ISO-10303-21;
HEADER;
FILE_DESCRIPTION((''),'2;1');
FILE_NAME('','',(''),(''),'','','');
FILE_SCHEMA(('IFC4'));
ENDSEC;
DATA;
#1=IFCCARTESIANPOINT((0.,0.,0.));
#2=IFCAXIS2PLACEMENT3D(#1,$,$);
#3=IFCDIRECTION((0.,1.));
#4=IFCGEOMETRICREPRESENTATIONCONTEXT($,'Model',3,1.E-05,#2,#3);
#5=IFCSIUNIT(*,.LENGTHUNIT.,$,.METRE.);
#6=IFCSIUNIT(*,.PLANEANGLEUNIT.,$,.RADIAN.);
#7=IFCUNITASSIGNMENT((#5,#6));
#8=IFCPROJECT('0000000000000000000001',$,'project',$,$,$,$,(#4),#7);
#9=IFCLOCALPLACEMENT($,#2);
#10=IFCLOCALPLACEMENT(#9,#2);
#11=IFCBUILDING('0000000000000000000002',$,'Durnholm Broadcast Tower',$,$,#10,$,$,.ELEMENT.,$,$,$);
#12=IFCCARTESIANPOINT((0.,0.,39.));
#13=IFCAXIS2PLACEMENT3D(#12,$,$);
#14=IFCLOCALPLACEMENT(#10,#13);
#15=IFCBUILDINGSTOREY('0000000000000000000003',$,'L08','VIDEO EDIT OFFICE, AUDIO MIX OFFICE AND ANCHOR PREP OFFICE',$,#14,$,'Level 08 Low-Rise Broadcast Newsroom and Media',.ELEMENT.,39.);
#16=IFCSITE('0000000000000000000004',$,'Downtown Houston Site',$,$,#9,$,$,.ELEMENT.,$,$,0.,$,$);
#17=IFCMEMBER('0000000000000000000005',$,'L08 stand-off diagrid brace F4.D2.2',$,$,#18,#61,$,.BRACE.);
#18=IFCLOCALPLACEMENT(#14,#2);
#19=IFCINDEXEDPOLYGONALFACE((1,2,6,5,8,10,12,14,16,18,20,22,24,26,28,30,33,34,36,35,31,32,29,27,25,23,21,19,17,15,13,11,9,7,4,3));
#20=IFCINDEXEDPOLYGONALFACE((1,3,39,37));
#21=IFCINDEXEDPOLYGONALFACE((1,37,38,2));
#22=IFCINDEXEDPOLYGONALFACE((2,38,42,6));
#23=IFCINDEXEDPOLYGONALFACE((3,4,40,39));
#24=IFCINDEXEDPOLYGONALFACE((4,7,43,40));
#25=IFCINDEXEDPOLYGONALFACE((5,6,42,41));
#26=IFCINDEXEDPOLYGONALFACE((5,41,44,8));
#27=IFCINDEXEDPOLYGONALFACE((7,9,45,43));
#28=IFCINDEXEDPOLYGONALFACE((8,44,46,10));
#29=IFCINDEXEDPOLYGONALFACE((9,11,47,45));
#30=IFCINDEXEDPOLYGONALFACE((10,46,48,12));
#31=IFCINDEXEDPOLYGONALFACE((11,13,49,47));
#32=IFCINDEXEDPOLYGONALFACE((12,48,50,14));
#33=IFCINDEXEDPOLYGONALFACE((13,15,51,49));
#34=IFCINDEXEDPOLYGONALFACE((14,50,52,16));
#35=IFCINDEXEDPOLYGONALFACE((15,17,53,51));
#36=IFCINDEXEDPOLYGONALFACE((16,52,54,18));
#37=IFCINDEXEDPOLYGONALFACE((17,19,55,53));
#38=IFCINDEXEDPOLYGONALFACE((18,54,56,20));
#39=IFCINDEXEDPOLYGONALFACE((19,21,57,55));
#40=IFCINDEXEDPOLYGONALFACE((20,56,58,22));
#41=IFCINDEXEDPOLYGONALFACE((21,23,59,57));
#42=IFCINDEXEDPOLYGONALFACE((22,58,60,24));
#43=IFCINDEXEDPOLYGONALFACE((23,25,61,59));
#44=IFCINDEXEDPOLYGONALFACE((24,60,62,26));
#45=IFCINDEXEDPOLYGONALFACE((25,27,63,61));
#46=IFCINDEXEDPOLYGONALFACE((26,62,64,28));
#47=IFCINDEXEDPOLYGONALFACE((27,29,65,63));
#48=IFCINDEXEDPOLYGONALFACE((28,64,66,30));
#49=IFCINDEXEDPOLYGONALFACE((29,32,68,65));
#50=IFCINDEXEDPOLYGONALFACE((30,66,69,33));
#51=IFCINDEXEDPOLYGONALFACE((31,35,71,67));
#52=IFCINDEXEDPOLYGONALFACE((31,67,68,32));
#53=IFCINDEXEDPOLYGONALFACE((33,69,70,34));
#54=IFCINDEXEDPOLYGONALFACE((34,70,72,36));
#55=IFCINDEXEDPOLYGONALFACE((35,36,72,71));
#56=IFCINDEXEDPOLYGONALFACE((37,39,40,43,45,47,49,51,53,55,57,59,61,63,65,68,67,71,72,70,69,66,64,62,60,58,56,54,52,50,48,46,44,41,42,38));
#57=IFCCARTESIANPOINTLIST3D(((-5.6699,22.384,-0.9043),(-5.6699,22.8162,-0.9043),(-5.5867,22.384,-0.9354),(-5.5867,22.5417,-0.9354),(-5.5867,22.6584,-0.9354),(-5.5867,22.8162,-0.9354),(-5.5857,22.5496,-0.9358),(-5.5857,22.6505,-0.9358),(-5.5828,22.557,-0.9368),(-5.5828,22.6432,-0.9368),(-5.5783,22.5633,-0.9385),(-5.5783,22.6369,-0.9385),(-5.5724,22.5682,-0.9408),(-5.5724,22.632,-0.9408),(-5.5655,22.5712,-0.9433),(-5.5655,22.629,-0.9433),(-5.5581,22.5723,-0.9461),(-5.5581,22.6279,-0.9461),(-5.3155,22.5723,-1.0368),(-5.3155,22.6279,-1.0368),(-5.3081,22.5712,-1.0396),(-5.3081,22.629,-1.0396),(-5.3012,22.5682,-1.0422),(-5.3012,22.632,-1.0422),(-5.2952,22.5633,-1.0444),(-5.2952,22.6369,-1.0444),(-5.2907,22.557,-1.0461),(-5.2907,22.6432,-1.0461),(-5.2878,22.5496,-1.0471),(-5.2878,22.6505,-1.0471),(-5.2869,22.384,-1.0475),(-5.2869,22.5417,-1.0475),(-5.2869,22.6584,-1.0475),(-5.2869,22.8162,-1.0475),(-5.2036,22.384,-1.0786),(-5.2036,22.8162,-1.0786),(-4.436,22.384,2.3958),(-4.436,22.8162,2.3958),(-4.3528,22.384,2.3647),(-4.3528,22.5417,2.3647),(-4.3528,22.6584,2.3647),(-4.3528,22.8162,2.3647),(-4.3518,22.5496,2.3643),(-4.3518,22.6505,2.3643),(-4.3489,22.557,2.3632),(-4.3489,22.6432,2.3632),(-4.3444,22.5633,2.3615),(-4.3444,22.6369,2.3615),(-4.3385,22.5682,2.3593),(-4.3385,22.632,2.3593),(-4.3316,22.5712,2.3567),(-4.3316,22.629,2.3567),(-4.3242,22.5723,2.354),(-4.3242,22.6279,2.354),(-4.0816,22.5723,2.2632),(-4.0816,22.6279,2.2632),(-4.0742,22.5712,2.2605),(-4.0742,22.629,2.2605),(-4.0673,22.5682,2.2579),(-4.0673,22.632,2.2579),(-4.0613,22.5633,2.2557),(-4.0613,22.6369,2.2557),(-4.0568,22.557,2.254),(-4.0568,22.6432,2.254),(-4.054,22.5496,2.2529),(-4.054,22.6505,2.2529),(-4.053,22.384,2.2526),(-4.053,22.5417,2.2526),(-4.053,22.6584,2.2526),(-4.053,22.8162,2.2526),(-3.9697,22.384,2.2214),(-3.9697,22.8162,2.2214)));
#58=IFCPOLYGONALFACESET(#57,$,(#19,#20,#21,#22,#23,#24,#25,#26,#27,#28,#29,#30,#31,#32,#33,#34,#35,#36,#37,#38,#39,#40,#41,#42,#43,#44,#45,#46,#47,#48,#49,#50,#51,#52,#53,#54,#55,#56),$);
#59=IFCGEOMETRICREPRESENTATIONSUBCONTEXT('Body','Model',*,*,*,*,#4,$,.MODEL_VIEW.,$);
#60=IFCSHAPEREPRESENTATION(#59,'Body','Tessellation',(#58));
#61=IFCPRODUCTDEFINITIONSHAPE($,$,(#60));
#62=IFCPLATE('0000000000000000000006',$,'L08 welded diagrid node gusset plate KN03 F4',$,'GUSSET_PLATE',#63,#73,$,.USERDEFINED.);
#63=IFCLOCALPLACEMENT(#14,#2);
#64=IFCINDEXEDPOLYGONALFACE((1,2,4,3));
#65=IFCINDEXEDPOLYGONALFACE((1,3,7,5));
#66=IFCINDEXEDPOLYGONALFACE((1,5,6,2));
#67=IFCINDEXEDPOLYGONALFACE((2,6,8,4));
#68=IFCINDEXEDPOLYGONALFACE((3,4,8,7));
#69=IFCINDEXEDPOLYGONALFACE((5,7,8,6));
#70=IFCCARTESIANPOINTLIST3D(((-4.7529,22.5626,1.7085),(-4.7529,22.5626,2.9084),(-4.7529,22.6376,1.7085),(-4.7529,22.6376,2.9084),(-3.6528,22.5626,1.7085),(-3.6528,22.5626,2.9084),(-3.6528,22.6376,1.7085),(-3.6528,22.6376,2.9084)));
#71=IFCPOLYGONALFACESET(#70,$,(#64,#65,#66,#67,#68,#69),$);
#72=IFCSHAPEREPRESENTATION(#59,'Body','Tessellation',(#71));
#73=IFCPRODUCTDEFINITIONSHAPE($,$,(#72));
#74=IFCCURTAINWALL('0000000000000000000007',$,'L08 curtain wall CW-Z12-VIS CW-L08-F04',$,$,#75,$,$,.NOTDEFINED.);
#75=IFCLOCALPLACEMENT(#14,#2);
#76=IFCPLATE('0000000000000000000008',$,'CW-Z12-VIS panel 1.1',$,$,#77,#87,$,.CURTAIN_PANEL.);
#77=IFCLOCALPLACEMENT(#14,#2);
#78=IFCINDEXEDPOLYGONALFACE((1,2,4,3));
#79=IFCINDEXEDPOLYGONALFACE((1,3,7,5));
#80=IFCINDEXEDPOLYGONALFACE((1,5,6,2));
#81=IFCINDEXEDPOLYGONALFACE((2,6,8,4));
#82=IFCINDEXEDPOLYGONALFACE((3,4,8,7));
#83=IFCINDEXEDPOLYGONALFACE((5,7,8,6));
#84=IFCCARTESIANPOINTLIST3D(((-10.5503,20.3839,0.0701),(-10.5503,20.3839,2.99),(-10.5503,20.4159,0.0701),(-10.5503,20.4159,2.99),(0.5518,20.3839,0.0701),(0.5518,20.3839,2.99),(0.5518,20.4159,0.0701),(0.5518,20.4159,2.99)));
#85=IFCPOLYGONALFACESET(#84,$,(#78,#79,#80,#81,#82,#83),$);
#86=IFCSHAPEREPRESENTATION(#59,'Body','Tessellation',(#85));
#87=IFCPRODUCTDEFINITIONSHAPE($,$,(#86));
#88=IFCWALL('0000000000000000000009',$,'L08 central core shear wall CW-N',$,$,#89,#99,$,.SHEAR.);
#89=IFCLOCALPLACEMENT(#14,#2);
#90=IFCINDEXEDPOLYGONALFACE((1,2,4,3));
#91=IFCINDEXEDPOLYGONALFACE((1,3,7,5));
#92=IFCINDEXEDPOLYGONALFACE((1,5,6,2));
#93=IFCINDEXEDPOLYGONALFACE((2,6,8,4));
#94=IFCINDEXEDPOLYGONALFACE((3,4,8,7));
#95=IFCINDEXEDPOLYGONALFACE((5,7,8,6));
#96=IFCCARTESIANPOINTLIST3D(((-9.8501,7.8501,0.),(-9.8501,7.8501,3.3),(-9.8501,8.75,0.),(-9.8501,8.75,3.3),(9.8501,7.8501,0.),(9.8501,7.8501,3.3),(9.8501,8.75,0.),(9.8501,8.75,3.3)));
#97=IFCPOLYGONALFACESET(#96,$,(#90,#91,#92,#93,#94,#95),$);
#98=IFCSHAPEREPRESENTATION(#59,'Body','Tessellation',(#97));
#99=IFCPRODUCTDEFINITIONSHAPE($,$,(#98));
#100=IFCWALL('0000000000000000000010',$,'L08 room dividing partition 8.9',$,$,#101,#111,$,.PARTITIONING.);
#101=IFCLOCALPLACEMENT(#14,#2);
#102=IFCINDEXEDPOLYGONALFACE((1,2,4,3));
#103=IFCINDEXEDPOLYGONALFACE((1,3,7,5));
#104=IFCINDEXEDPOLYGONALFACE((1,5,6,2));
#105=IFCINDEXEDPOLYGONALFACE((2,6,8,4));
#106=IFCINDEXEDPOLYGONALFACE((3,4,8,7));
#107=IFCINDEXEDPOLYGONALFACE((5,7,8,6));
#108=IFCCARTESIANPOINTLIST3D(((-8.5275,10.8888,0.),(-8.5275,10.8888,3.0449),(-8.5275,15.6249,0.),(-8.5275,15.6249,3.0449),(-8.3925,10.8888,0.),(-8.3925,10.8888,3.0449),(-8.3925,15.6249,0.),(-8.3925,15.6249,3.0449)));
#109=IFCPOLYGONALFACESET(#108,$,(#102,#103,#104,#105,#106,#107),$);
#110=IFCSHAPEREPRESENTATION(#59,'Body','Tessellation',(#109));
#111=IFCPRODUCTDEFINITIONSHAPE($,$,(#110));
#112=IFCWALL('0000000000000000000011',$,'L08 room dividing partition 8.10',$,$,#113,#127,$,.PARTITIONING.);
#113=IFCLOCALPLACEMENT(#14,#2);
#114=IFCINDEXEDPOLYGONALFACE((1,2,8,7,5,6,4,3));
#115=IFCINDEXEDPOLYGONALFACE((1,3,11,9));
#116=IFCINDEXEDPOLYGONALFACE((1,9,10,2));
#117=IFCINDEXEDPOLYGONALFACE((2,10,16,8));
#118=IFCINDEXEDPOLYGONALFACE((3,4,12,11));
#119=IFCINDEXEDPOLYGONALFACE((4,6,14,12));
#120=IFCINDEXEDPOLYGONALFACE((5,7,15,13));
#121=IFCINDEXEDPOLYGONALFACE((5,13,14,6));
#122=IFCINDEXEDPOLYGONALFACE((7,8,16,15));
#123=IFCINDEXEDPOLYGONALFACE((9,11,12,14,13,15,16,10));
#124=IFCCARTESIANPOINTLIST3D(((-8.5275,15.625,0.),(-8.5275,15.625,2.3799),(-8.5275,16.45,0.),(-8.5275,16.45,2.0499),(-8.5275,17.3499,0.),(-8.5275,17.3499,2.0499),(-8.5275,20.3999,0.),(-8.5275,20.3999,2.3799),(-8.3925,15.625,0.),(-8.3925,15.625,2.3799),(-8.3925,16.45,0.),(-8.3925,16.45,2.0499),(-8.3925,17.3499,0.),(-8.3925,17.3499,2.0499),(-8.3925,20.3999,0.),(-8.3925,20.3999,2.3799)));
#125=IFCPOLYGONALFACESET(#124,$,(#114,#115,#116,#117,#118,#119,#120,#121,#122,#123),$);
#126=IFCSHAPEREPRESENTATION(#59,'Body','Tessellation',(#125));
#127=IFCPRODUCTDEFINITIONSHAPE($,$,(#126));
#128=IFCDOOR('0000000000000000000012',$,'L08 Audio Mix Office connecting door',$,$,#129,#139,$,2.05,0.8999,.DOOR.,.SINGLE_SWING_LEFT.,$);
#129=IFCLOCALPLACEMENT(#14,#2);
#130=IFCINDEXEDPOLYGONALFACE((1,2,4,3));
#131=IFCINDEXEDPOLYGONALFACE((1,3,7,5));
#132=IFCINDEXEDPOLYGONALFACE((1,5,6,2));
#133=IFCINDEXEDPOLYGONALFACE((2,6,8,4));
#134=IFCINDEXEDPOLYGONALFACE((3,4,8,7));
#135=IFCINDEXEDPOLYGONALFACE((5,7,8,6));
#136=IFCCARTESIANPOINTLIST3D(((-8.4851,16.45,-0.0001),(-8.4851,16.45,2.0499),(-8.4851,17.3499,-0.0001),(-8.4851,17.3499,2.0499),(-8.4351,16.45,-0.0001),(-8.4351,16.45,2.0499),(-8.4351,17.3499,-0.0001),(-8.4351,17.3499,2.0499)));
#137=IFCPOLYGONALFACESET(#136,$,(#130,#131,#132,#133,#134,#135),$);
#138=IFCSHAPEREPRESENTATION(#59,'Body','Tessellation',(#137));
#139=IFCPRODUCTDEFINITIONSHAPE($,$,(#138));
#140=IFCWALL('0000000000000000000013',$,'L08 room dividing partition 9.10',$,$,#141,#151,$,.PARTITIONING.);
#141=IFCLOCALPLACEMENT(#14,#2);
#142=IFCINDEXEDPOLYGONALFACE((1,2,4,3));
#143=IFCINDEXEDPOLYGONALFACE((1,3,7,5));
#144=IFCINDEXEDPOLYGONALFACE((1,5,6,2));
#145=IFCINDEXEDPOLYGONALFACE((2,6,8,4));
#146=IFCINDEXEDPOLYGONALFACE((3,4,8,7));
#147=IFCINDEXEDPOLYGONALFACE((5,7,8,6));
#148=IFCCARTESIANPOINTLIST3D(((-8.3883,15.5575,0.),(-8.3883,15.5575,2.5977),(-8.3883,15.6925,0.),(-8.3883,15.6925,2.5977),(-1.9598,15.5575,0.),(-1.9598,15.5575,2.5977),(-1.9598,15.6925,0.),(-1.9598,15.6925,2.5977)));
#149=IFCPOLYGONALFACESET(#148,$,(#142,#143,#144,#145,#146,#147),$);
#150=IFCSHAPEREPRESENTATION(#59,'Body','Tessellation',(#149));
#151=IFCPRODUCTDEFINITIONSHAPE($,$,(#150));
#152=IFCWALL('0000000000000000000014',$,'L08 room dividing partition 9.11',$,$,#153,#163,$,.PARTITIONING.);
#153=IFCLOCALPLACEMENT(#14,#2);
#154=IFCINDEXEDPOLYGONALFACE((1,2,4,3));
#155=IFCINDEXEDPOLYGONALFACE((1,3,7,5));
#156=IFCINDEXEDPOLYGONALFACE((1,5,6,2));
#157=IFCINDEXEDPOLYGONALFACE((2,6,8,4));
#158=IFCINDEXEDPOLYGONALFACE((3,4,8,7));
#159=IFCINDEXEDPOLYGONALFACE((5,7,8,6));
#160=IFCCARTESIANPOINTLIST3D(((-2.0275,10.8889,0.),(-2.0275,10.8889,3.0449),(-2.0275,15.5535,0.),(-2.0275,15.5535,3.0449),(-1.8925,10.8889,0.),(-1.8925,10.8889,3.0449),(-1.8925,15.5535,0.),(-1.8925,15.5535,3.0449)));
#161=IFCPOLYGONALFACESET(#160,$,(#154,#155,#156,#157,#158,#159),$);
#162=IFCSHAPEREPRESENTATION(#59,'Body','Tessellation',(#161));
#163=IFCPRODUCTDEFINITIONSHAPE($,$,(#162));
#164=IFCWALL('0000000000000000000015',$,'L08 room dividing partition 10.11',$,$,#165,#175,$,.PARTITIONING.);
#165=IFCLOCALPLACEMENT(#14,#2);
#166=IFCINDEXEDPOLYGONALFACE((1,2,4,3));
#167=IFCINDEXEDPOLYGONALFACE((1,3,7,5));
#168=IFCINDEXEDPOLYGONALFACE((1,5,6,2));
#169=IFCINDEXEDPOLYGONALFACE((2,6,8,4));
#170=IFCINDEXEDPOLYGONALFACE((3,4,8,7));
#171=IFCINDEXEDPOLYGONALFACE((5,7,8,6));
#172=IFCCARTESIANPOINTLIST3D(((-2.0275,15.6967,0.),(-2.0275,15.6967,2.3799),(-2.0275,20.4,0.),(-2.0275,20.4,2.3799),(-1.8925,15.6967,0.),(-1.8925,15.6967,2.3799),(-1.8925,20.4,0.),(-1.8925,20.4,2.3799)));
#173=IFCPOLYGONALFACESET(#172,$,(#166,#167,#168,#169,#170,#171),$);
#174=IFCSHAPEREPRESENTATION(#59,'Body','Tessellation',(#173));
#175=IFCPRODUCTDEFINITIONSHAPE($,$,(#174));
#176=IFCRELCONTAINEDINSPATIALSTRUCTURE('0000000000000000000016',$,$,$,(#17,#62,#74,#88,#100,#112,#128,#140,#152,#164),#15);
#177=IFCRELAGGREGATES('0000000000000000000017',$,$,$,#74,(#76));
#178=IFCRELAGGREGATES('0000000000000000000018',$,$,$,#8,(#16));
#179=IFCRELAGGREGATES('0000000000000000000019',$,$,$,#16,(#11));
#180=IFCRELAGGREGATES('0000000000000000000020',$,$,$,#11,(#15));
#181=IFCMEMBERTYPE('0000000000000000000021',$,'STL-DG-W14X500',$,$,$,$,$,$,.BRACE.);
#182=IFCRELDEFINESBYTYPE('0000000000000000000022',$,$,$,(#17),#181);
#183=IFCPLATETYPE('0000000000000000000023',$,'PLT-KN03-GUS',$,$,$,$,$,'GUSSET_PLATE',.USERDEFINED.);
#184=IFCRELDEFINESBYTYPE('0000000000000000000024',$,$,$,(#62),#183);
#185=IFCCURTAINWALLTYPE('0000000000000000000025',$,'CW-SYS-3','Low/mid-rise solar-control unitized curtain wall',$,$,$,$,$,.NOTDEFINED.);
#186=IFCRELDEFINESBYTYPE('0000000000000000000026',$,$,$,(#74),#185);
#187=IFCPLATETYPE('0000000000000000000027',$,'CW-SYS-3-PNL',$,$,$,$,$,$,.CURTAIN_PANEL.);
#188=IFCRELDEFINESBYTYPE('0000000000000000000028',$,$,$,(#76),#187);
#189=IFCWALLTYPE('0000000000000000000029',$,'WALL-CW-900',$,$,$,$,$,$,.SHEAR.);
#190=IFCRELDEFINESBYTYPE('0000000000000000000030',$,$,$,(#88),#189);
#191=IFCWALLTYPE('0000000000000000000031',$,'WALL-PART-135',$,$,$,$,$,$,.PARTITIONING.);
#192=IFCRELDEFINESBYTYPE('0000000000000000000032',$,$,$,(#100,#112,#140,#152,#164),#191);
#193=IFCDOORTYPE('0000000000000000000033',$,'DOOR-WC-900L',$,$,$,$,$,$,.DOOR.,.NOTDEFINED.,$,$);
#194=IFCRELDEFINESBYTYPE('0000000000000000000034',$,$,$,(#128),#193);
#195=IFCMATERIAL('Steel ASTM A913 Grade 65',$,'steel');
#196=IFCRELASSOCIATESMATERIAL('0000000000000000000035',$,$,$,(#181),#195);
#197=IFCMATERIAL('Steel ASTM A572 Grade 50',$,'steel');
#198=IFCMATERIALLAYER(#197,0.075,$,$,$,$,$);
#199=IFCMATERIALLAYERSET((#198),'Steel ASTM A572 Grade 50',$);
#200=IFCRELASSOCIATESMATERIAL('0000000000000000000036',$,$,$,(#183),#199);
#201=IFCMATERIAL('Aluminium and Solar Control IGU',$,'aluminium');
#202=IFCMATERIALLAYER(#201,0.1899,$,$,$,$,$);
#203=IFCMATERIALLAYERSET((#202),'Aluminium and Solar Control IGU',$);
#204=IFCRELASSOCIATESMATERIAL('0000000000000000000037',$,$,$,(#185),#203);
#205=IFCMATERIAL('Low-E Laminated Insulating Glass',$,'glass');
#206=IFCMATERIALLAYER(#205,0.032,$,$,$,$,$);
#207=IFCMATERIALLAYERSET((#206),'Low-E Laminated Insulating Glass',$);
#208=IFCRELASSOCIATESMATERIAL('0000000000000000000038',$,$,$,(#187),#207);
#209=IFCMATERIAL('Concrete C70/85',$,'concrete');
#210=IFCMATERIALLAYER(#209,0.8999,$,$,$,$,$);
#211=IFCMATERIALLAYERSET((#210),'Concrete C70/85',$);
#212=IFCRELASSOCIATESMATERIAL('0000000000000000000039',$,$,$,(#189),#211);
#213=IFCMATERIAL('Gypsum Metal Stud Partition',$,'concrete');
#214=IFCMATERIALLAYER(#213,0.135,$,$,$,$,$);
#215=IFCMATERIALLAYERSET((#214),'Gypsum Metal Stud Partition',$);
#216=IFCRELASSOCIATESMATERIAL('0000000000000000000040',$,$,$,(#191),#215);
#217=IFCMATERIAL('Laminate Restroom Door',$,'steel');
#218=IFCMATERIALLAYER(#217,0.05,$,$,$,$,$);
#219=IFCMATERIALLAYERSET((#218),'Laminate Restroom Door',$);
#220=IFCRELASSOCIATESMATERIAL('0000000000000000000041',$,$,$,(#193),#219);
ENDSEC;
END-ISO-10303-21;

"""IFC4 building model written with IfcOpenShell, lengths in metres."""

from ifc_helpers import new_model, si_unit, direction, frame, frame_2d, origin, origin_2d, place, context, subcontext, project, spatial, rectangle, i_section, extrude, source, transform, mapped, material, layer, layer_set, material_profile, profile_set, type_object, type_shapes, element, fill, aggregate, save


model = new_model("IFC4")

# Units and contexts
model_context = context("Model", 3, precision=1e-05, world=origin(), true_north=direction((0.0, 1.0)))
body_context = subcontext(model_context, "Body", "Model", "MODEL_VIEW")
ifc_project = project(units=[si_unit("LENGTHUNIT", "METRE"), si_unit("PLANEANGLEUNIT", "RADIAN")], contexts=[model_context])

# Site, building, storey
site_placement = place(None, origin())
site = spatial("IfcSite", under=ifc_project, at=site_placement, Name="Downtown Houston Site", CompositionType="ELEMENT", RefElevation=0.0)
building_placement = place(site_placement, origin())
building = spatial("IfcBuilding", under=site, at=building_placement, Name="Durnholm Broadcast Tower", CompositionType="ELEMENT")
storey_placement = place(building_placement, frame((0.0, 0.0, 39.0)))
storey = spatial("IfcBuildingStorey", under=building, at=storey_placement, Name="L08", Description="VIDEO EDIT OFFICE, AUDIO MIX OFFICE AND ANCHOR PREP OFFICE", LongName="Level 08 Low-Rise Broadcast Newsroom and Media", CompositionType="ELEMENT", Elevation=39.0)

# Shared definitions
ifc_material_1 = material(Name="Concrete C70/85", Category="concrete")

# Member
ifc_material_2 = material(Name="Steel ASTM A913 Grade 65", Category="steel")
ifc_material_profile_1 = material_profile(ifc_material_2, i_section(OverallWidth=0.4321, OverallDepth=0.4978, WebThickness=0.0557, FlangeThickness=0.0889, FilletRadius=0.0305, at=origin_2d()), Name="W14X500")
ifc_profile_set_1 = profile_set([ifc_material_profile_1], Name="Steel ASTM A913 Grade 65")
member_type = type_object("IfcMemberType", Name="STL-DG-W14X500", PredefinedType="BRACE", material=ifc_profile_set_1)
shared_shape_1 = source(origin(), body_context, "Body", "SweptSolid", [
    extrude(i_section(OverallWidth=0.4321, OverallDepth=0.4978, WebThickness=0.0557, FlangeThickness=0.0889, FilletRadius=0.0305, at=origin_2d()), origin(), (0.0, 0.0, 1.0), 3.5232),
])
type_shapes(member_type, [shared_shape_1])
for number, where, z_axis, x_axis, name in (
    (1, (-5.4368, 22.6001, -0.9915), (0.35022, 0.0, 0.936668), (0.0, 1.0, 0.0), "L08 stand-off diagrid brace F4.D2.2"),
):
    element("IfcMember", number, at=place(storey_placement, frame(where, z_axis=z_axis, x_axis=x_axis)), inside=storey, type_object=member_type, Name=name, PredefinedType="BRACE", context=body_context, shape_type="MappedRepresentation", body=[
        mapped(shared_shape_1, transform((0.0, 0.0, 0.0), x_axis=(1.0, 0.0, 0.0), y_axis=(0.0, 1.0, 0.0), z_axis=(0.0, 0.0, 1.0), scale=1.0)),
    ])

# Plate
ifc_material_3 = material(Name="Steel ASTM A572 Grade 50", Category="steel")
ifc_layer_1 = layer(ifc_material_3, 0.075)
ifc_layer_set_1 = layer_set([ifc_layer_1], Name="Steel ASTM A572 Grade 50")
plate_type_1 = type_object("IfcPlateType", Name="PLT-KN03-GUS", ElementType="GUSSET_PLATE", PredefinedType="USERDEFINED", material=ifc_layer_set_1)
shared_shape_2 = source(origin(), body_context, "Body", "SweptSolid", [
    extrude(rectangle(XDim=1.1001, YDim=0.075, at=origin_2d()), origin(), (0.0, 0.0, 1.0), 1.2),
])
type_shapes(plate_type_1, [shared_shape_2])
plate_1_placement = place(storey_placement, frame((-4.2029, 22.6001, 1.7085), z_axis=(0.0, 0.0, 1.0), x_axis=(-1.0, 0.0, 0.0)))
element("IfcPlate", 2, at=plate_1_placement, inside=storey, type_object=plate_type_1, Name="L08 welded diagrid node gusset plate KN03 F4", ObjectType="GUSSET_PLATE", PredefinedType="USERDEFINED", context=body_context, shape_type="MappedRepresentation", body=[
    mapped(shared_shape_2, transform((0.0, 0.0, 0.0), x_axis=(1.0, 0.0, 0.0), y_axis=(0.0, 1.0, 0.0), z_axis=(0.0, 0.0, 1.0), scale=1.0)),
])

# Curtain wall, plate
ifc_material_4 = material(Name="Aluminium and Solar Control IGU", Category="aluminium")
ifc_layer_2 = layer(ifc_material_4, 0.1899)
ifc_layer_set_2 = layer_set([ifc_layer_2], Name="Aluminium and Solar Control IGU")
curtain_wall_type = type_object("IfcCurtainWallType", Name="CW-SYS-3", Description="Low/mid-rise solar-control unitized curtain wall", PredefinedType="NOTDEFINED", material=ifc_layer_set_2)
curtain_wall_placement = place(storey_placement, origin())
curtain_wall = element("IfcCurtainWall", 3, at=curtain_wall_placement, inside=storey, type_object=curtain_wall_type, Name="L08 curtain wall CW-Z12-VIS CW-L08-F04", PredefinedType="NOTDEFINED")
ifc_material_5 = material(Name="Low-E Laminated Insulating Glass", Category="glass")
ifc_layer_3 = layer(ifc_material_5, 0.032)
ifc_layer_set_3 = layer_set([ifc_layer_3], Name="Low-E Laminated Insulating Glass")
plate_type_2 = type_object("IfcPlateType", Name="CW-SYS-3-PNL", PredefinedType="CURTAIN_PANEL", material=ifc_layer_set_3)
shared_shape_3 = source(origin(), body_context, "Body", "SweptSolid", [
    extrude(rectangle(XDim=11.1021, YDim=0.032, at=origin_2d()), origin(), (0.0, 0.0, 1.0), 2.9199),
])
type_shapes(plate_type_2, [shared_shape_3])
plate_2_placement = place(storey_placement, frame((-4.9993, 20.3999, 0.0701), z_axis=(0.0, 0.0, 1.0), x_axis=(1.0, 0.0, 0.0)))
plate_2 = element("IfcPlate", 4, at=plate_2_placement, type_object=plate_type_2, Name="CW-Z12-VIS panel 1.1", PredefinedType="CURTAIN_PANEL", context=body_context, shape_type="MappedRepresentation", body=[
    mapped(shared_shape_3, transform((0.0, 0.0, 0.0), x_axis=(1.0, 0.0, 0.0), y_axis=(0.0, 1.0, 0.0), z_axis=(0.0, 0.0, 1.0), scale=1.0)),
])
aggregate(curtain_wall, [plate_2])

# Walls
ifc_layer_4 = layer(ifc_material_1, 0.8999)
ifc_layer_set_4 = layer_set([ifc_layer_4], Name="Concrete C70/85")
wall_type_1 = type_object("IfcWallType", Name="WALL-CW-900", PredefinedType="SHEAR", material=ifc_layer_set_4)
wall_1_placement = place(storey_placement, frame((-9.8501, 8.3, 0.0), z_axis=(0.0, 0.0, 1.0), x_axis=(1.0, 0.0, 0.0)))
element("IfcWall", 5, at=wall_1_placement, inside=storey, type_object=wall_type_1, Name="L08 central core shear wall CW-N", PredefinedType="SHEAR", context=body_context, shape_type="SweptSolid", body=[
    extrude(rectangle(XDim=19.7002, YDim=0.8999, at=frame_2d((9.8501, 0.0))), origin(), (0.0, 0.0, 1.0), 3.3),
])
ifc_material_6 = material(Name="Gypsum Metal Stud Partition", Category="concrete")
ifc_layer_5 = layer(ifc_material_6, 0.135)
ifc_layer_set_5 = layer_set([ifc_layer_5], Name="Gypsum Metal Stud Partition")
wall_type_2 = type_object("IfcWallType", Name="WALL-PART-135", PredefinedType="PARTITIONING", material=ifc_layer_set_5)
wall_2_placement = place(storey_placement, frame((-8.46, 15.625, 0.0), z_axis=(0.0, 0.0, 1.0), x_axis=(0.0, -1.0, 0.0)))
element("IfcWall", 6, at=wall_2_placement, inside=storey, type_object=wall_type_2, Name="L08 room dividing partition 8.9", PredefinedType="PARTITIONING", context=body_context, shape_type="SweptSolid", body=[
    extrude(rectangle(XDim=4.7361, YDim=0.135, at=frame_2d((2.3682, 0.0))), origin(), (0.0, 0.0, 1.0), 3.0449),
])

# Wall, opening, door
wall_3_placement = place(storey_placement, frame((-8.46, 20.3999, 0.0), z_axis=(0.0, 0.0, 1.0), x_axis=(0.0, -1.0, 0.0)))
wall_3 = element("IfcWall", 7, at=wall_3_placement, inside=storey, type_object=wall_type_2, Name="L08 room dividing partition 8.10", PredefinedType="PARTITIONING", context=body_context, shape_type="SweptSolid", body=[
    extrude(rectangle(XDim=4.7749, YDim=0.135, at=frame_2d((2.3875, 0.0))), origin(), (0.0, 0.0, 1.0), 2.3799),
])
opening_1_placement = place(wall_3_placement, frame((3.05, 0.0, 0.0)))
opening_1 = element("IfcOpeningElement", 8, at=opening_1_placement, cuts=wall_3, PredefinedType="OPENING", context=body_context, shape_type="SweptSolid", body=[
    extrude(rectangle(XDim=0.8999, YDim=2.05, at=frame_2d((0.45, 1.0249))), frame((0.0, 0.0776, 0.0), z_axis=(0.0, -1.0, 0.0), x_axis=(1.0, 0.0, 0.0)), (0.0, 0.0, 1.0), 0.155),
])
ifc_material_7 = material(Name="Laminate Restroom Door", Category="steel")
ifc_layer_6 = layer(ifc_material_7, 0.05)
ifc_layer_set_6 = layer_set([ifc_layer_6], Name="Laminate Restroom Door")
door_type_1 = type_object("IfcDoorType", Name="DOOR-WC-900L", OperationType="NOTDEFINED", PredefinedType="DOOR", material=ifc_layer_set_6)
shared_shape_4 = source(origin(), body_context, "Body", "SweptSolid", [
    extrude(rectangle(XDim=0.8999, YDim=2.05, at=frame_2d((0.45, 1.0249))), frame((0.0, 0.0249, 0.0), z_axis=(0.0, -1.0, 0.0), x_axis=(1.0, 0.0, 0.0)), (0.0, 0.0, 1.0), 0.05),
])
type_shapes(door_type_1, [shared_shape_4])
door_1_placement = place(opening_1_placement, origin())
door_1 = element("IfcDoor", 9, at=door_1_placement, inside=storey, type_object=door_type_1, Name="L08 Audio Mix Office connecting door", OperationType="SINGLE_SWING_LEFT", OverallHeight=2.05, OverallWidth=0.8999, PredefinedType="DOOR", context=body_context, shape_type="MappedRepresentation", body=[
    mapped(shared_shape_4, transform((0.0, 0.0, 0.0), x_axis=(1.0, 0.0, 0.0), y_axis=(0.0, 1.0, 0.0), z_axis=(0.0, 0.0, 1.0), scale=1.0)),
])
fill(opening_1, door_1)

# Walls
wall_4_placement = place(storey_placement, frame((-8.3884, 15.625, 0.0), z_axis=(0.0, 0.0, 1.0), x_axis=(1.0, 0.0, 0.0)))
element("IfcWall", 10, at=wall_4_placement, inside=storey, type_object=wall_type_2, Name="L08 room dividing partition 9.10", PredefinedType="PARTITIONING", context=body_context, shape_type="SweptSolid", body=[
    extrude(rectangle(XDim=6.4285, YDim=0.135, at=frame_2d((3.2144, 0.0))), origin(), (0.0, 0.0, 1.0), 2.5977),
])
wall_5_placement = place(storey_placement, frame((-1.96, 15.5535, 0.0), z_axis=(0.0, 0.0, 1.0), x_axis=(0.0, -1.0, 0.0)))
element("IfcWall", 11, at=wall_5_placement, inside=storey, type_object=wall_type_2, Name="L08 room dividing partition 9.11", PredefinedType="PARTITIONING", context=body_context, shape_type="SweptSolid", body=[
    extrude(rectangle(XDim=4.6646, YDim=0.135, at=frame_2d((2.3323, 0.0))), origin(), (0.0, 0.0, 1.0), 3.0449),
])
wall_6_placement = place(storey_placement, frame((-1.96, 20.3999, 0.0), z_axis=(0.0, 0.0, 1.0), x_axis=(0.0, -1.0, 0.0)))
element("IfcWall", 12, at=wall_6_placement, inside=storey, type_object=wall_type_2, Name="L08 room dividing partition 10.11", PredefinedType="PARTITIONING", context=body_context, shape_type="SweptSolid", body=[
    extrude(rectangle(XDim=4.7034, YDim=0.135, at=frame_2d((2.3516, 0.0))), origin(), (0.0, 0.0, 1.0), 2.3799),
])

save(model, "model.ifc")
